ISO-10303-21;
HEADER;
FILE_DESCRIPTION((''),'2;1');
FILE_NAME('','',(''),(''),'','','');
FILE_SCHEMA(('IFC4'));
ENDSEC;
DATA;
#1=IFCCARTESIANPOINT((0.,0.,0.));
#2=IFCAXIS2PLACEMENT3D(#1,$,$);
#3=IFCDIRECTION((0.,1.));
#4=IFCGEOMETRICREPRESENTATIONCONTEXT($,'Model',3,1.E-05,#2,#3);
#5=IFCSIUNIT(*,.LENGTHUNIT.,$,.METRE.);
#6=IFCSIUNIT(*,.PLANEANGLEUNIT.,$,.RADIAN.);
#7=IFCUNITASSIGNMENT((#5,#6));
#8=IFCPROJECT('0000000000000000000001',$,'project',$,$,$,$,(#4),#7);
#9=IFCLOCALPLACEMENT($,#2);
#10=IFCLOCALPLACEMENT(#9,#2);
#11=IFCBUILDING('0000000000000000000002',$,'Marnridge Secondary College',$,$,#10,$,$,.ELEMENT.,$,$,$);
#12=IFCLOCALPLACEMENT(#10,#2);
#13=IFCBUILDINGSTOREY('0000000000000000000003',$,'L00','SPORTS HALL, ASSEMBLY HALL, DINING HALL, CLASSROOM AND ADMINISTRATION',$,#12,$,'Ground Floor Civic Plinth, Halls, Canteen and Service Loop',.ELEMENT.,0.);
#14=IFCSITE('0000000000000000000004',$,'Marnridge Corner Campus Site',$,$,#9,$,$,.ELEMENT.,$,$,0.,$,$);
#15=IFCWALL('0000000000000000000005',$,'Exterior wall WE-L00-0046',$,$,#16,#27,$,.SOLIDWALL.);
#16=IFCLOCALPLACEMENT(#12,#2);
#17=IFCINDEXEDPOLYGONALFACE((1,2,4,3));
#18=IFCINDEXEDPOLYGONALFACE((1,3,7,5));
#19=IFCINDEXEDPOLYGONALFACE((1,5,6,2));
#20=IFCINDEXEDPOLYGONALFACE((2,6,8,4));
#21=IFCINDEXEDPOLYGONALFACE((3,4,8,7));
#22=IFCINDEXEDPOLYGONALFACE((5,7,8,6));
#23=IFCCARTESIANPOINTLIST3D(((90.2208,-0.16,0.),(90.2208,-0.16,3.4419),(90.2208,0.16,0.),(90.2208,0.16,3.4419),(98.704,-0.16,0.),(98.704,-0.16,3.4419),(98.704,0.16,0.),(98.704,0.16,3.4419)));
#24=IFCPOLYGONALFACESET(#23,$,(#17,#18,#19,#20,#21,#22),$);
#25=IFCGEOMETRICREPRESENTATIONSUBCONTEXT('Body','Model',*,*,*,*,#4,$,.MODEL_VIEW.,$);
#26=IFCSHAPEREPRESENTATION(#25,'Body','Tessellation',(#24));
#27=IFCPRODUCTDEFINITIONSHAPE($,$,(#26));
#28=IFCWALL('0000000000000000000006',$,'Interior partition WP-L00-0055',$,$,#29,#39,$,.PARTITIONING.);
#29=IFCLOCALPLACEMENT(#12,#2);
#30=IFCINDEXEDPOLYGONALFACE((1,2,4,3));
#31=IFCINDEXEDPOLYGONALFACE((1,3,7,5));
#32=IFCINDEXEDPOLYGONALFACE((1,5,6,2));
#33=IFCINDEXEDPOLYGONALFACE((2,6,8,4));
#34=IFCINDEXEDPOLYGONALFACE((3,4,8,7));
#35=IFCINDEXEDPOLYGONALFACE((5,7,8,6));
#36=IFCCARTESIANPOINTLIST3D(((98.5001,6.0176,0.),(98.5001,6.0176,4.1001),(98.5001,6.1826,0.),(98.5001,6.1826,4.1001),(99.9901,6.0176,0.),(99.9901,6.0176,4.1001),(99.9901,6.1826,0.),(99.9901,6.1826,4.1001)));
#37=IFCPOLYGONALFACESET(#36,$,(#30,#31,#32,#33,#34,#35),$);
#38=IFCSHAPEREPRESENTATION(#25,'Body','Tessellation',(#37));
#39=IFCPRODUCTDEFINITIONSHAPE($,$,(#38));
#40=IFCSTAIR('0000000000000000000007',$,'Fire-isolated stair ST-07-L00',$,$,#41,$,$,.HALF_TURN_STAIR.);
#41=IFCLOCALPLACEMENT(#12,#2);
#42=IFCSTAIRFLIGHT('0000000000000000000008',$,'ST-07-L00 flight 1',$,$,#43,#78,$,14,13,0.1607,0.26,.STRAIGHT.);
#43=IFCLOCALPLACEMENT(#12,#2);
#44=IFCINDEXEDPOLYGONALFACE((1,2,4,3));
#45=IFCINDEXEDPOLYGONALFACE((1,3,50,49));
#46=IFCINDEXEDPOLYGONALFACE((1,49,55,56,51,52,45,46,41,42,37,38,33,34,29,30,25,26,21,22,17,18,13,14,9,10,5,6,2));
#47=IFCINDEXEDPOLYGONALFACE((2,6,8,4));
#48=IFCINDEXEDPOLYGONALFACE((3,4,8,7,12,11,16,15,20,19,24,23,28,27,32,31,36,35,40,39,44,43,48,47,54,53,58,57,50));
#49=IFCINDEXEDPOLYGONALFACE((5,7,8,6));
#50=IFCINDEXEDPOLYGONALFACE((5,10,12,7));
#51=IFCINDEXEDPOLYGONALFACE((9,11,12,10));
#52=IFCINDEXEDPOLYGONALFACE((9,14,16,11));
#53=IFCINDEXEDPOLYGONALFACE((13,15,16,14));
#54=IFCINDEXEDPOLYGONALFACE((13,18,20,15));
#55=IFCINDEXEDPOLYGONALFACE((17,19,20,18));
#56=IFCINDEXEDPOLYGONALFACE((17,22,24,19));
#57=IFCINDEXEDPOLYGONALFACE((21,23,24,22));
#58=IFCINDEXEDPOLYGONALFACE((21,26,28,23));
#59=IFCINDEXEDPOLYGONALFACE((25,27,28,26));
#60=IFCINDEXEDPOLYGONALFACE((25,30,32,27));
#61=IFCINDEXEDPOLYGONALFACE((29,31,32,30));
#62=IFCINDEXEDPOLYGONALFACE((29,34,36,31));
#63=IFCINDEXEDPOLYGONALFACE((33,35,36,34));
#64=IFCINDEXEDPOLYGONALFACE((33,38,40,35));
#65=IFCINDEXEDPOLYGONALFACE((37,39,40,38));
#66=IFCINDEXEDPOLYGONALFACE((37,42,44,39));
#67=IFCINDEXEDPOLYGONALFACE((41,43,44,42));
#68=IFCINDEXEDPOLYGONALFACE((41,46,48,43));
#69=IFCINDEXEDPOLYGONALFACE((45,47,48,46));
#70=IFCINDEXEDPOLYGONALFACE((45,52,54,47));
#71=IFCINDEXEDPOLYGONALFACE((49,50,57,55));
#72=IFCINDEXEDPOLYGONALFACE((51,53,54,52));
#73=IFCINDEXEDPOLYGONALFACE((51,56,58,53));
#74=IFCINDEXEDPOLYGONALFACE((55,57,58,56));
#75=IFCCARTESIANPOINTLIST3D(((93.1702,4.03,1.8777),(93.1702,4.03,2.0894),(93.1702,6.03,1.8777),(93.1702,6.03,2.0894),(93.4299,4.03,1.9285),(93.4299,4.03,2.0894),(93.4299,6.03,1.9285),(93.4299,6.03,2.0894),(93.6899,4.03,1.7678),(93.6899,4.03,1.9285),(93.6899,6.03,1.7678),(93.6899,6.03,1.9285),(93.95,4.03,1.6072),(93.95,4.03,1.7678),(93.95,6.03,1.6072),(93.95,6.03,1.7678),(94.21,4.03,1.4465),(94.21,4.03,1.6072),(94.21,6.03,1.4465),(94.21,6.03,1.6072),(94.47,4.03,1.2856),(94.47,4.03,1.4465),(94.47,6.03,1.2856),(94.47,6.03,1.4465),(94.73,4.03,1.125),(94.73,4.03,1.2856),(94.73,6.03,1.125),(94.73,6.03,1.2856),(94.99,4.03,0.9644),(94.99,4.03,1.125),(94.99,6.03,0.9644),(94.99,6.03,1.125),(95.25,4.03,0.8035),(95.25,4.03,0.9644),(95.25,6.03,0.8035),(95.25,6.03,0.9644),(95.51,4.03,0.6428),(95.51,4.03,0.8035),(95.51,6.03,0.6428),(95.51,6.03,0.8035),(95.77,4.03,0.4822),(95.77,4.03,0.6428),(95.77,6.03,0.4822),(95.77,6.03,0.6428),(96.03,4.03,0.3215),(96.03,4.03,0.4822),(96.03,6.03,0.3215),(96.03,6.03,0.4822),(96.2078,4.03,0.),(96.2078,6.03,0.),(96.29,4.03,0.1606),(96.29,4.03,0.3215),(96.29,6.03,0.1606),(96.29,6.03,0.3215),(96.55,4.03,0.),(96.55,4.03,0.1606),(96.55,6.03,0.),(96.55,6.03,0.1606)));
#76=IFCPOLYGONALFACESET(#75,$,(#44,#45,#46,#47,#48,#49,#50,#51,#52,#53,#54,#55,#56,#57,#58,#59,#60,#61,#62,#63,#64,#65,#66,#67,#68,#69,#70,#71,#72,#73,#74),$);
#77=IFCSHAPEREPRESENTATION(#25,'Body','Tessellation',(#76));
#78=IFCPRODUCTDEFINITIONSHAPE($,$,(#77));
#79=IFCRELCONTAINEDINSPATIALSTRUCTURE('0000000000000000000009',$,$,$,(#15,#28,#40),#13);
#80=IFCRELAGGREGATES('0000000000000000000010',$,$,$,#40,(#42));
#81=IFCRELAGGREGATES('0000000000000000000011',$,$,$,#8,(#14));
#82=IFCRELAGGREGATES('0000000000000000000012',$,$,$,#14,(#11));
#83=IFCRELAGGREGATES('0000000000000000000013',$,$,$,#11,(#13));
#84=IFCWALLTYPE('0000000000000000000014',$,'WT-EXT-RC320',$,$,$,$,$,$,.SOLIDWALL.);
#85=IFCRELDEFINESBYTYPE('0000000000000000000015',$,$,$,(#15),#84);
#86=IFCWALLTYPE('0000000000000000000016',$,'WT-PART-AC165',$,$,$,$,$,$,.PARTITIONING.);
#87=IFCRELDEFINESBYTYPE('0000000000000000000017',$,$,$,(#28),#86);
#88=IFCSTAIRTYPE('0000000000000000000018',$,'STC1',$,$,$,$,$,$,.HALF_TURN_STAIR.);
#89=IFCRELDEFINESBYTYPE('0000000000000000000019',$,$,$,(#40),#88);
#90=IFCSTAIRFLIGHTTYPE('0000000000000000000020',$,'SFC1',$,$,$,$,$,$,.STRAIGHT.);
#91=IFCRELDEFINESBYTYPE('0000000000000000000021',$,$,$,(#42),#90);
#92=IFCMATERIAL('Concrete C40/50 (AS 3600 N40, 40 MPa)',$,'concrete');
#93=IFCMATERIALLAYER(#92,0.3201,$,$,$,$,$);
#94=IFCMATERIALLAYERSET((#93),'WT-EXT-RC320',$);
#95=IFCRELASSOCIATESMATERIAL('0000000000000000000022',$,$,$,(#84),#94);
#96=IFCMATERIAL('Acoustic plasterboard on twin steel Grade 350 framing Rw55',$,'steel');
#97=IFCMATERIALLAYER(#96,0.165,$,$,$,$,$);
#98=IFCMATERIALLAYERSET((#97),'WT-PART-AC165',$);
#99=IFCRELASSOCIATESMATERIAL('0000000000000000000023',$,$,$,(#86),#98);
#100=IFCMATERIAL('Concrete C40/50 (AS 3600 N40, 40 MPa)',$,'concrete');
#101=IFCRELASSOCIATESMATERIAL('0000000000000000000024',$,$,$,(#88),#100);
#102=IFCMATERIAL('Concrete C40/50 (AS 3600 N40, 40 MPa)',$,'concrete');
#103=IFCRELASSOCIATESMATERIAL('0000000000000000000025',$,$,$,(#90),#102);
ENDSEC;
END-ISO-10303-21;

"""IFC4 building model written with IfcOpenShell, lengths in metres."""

from ifc_helpers import new_model, si_unit, direction, frame, frame_2d, origin, place, context, subcontext, project, spatial, polyline, rectangle, outline, extrude, material, layer, layer_set, type_object, element, aggregate, save


model = new_model("IFC4")

# Units and contexts
model_context = context("Model", 3, precision=1e-05, world=origin(), true_north=direction((0.0, 1.0)))
body_context = subcontext(model_context, "Body", "Model", "MODEL_VIEW")
ifc_project = project(units=[si_unit("LENGTHUNIT", "METRE"), si_unit("PLANEANGLEUNIT", "RADIAN")], contexts=[model_context])

# Site, building, storey
site_placement = place(None, origin())
site = spatial("IfcSite", under=ifc_project, at=site_placement, Name="Marnridge Corner Campus Site", CompositionType="ELEMENT", RefElevation=0.0)
building_placement = place(site_placement, origin())
building = spatial("IfcBuilding", under=site, at=building_placement, Name="Marnridge Secondary College", CompositionType="ELEMENT")
storey_placement = place(building_placement, origin())
storey = spatial("IfcBuildingStorey", under=building, at=storey_placement, Name="L00", Description="SPORTS HALL, ASSEMBLY HALL, DINING HALL, CLASSROOM AND ADMINISTRATION", LongName="Ground Floor Civic Plinth, Halls, Canteen and Service Loop", CompositionType="ELEMENT", Elevation=0.0)

# Walls
ifc_material_1 = material(Name="Concrete C40/50 (AS 3600 N40, 40 MPa)", Category="concrete")
ifc_layer_1 = layer(ifc_material_1, 0.3201)
ifc_layer_set_1 = layer_set([ifc_layer_1], Name="WT-EXT-RC320")
wall_type_1 = type_object("IfcWallType", Name="WT-EXT-RC320", PredefinedType="SOLIDWALL", material=ifc_layer_set_1)
wall_1_placement = place(storey_placement, frame((98.7041, 0.0, 0.0), z_axis=(0.0, 0.0, 1.0), x_axis=(-1.0, 0.0, 0.0)))
element("IfcWall", 1, at=wall_1_placement, inside=storey, type_object=wall_type_1, Name="Exterior wall WE-L00-0046", PredefinedType="SOLIDWALL", context=body_context, shape_type="SweptSolid", body=[
    extrude(rectangle(XDim=8.4832, YDim=0.3201, at=frame_2d((4.2417, 0.0))), origin(), (0.0, 0.0, 1.0), 3.4419),
])
ifc_material_2 = material(Name="Acoustic plasterboard on twin steel Grade 350 framing Rw55", Category="steel")
ifc_layer_2 = layer(ifc_material_2, 0.165)
ifc_layer_set_2 = layer_set([ifc_layer_2], Name="WT-PART-AC165")
wall_type_2 = type_object("IfcWallType", Name="WT-PART-AC165", PredefinedType="PARTITIONING", material=ifc_layer_set_2)
wall_2_placement = place(storey_placement, frame((98.5, 6.1001, 0.0), z_axis=(0.0, 0.0, 1.0), x_axis=(1.0, 0.0, 0.0)))
element("IfcWall", 2, at=wall_2_placement, inside=storey, type_object=wall_type_2, Name="Interior partition WP-L00-0055", PredefinedType="PARTITIONING", context=body_context, shape_type="SweptSolid", body=[
    extrude(rectangle(XDim=1.49, YDim=0.165, at=frame_2d((0.7451, 0.0))), origin(), (0.0, 0.0, 1.0), 4.1001),
])

# Stair, stair flight
ifc_material_3 = material(Name="Concrete C40/50 (AS 3600 N40, 40 MPa)", Category="concrete")
stair_type = type_object("IfcStairType", Name="STC1", PredefinedType="HALF_TURN_STAIR", material=ifc_material_3)
stair_placement = place(storey_placement, origin())
stair = element("IfcStair", 3, at=stair_placement, inside=storey, type_object=stair_type, Name="Fire-isolated stair ST-07-L00", PredefinedType="HALF_TURN_STAIR")
ifc_material_4 = material(Name="Concrete C40/50 (AS 3600 N40, 40 MPa)", Category="concrete")
stair_flight_type = type_object("IfcStairFlightType", Name="SFC1", PredefinedType="STRAIGHT", material=ifc_material_4)
stair_flight_placement = place(storey_placement, frame((96.55, 5.03, 0.0), z_axis=(0.0, 0.0, 1.0), x_axis=(-1.0, 0.0, 0.0)))
stair_flight = element("IfcStairFlight", 4, at=stair_flight_placement, type_object=stair_flight_type, Name="ST-07-L00 flight 1", NumberOfRisers=14, NumberOfTreads=13, PredefinedType="STRAIGHT", RiserHeight=0.1607, TreadLength=0.26, context=body_context, shape_type="SweptSolid", body=[
    extrude(outline(polyline([(0.0, 0.0), (0.0, 0.1606), (0.26, 0.1606), (0.26, 0.3215), (0.52, 0.3215), (0.52, 0.4822), (0.78, 0.4822), (0.78, 0.6428), (1.04, 0.6428), (1.04, 0.8035), (1.3, 0.8035), (1.3, 0.9644), (1.5601, 0.9644), (1.5601, 1.125), (1.8201, 1.125), (1.8201, 1.2856), (2.0801, 1.2856), (2.0801, 1.4465), (2.3401, 1.4465), (2.3401, 1.6072), (2.6001, 1.6072), (2.6001, 1.7678), (2.8601, 1.7678), (2.8601, 1.9285), (3.1201, 1.9285), (3.1201, 2.0894), (3.3799, 2.0894), (3.3799, 2.25), (3.3799, 1.8777), (0.3423, 0.0), (0.0, 0.0)])), frame((0.0, 1.0, 0.0), z_axis=(0.0, -1.0, 0.0), x_axis=(1.0, 0.0, 0.0)), (0.0, 0.0, 1.0), 2.0),
])
aggregate(stair, [stair_flight])

save(model, "model.ifc")
